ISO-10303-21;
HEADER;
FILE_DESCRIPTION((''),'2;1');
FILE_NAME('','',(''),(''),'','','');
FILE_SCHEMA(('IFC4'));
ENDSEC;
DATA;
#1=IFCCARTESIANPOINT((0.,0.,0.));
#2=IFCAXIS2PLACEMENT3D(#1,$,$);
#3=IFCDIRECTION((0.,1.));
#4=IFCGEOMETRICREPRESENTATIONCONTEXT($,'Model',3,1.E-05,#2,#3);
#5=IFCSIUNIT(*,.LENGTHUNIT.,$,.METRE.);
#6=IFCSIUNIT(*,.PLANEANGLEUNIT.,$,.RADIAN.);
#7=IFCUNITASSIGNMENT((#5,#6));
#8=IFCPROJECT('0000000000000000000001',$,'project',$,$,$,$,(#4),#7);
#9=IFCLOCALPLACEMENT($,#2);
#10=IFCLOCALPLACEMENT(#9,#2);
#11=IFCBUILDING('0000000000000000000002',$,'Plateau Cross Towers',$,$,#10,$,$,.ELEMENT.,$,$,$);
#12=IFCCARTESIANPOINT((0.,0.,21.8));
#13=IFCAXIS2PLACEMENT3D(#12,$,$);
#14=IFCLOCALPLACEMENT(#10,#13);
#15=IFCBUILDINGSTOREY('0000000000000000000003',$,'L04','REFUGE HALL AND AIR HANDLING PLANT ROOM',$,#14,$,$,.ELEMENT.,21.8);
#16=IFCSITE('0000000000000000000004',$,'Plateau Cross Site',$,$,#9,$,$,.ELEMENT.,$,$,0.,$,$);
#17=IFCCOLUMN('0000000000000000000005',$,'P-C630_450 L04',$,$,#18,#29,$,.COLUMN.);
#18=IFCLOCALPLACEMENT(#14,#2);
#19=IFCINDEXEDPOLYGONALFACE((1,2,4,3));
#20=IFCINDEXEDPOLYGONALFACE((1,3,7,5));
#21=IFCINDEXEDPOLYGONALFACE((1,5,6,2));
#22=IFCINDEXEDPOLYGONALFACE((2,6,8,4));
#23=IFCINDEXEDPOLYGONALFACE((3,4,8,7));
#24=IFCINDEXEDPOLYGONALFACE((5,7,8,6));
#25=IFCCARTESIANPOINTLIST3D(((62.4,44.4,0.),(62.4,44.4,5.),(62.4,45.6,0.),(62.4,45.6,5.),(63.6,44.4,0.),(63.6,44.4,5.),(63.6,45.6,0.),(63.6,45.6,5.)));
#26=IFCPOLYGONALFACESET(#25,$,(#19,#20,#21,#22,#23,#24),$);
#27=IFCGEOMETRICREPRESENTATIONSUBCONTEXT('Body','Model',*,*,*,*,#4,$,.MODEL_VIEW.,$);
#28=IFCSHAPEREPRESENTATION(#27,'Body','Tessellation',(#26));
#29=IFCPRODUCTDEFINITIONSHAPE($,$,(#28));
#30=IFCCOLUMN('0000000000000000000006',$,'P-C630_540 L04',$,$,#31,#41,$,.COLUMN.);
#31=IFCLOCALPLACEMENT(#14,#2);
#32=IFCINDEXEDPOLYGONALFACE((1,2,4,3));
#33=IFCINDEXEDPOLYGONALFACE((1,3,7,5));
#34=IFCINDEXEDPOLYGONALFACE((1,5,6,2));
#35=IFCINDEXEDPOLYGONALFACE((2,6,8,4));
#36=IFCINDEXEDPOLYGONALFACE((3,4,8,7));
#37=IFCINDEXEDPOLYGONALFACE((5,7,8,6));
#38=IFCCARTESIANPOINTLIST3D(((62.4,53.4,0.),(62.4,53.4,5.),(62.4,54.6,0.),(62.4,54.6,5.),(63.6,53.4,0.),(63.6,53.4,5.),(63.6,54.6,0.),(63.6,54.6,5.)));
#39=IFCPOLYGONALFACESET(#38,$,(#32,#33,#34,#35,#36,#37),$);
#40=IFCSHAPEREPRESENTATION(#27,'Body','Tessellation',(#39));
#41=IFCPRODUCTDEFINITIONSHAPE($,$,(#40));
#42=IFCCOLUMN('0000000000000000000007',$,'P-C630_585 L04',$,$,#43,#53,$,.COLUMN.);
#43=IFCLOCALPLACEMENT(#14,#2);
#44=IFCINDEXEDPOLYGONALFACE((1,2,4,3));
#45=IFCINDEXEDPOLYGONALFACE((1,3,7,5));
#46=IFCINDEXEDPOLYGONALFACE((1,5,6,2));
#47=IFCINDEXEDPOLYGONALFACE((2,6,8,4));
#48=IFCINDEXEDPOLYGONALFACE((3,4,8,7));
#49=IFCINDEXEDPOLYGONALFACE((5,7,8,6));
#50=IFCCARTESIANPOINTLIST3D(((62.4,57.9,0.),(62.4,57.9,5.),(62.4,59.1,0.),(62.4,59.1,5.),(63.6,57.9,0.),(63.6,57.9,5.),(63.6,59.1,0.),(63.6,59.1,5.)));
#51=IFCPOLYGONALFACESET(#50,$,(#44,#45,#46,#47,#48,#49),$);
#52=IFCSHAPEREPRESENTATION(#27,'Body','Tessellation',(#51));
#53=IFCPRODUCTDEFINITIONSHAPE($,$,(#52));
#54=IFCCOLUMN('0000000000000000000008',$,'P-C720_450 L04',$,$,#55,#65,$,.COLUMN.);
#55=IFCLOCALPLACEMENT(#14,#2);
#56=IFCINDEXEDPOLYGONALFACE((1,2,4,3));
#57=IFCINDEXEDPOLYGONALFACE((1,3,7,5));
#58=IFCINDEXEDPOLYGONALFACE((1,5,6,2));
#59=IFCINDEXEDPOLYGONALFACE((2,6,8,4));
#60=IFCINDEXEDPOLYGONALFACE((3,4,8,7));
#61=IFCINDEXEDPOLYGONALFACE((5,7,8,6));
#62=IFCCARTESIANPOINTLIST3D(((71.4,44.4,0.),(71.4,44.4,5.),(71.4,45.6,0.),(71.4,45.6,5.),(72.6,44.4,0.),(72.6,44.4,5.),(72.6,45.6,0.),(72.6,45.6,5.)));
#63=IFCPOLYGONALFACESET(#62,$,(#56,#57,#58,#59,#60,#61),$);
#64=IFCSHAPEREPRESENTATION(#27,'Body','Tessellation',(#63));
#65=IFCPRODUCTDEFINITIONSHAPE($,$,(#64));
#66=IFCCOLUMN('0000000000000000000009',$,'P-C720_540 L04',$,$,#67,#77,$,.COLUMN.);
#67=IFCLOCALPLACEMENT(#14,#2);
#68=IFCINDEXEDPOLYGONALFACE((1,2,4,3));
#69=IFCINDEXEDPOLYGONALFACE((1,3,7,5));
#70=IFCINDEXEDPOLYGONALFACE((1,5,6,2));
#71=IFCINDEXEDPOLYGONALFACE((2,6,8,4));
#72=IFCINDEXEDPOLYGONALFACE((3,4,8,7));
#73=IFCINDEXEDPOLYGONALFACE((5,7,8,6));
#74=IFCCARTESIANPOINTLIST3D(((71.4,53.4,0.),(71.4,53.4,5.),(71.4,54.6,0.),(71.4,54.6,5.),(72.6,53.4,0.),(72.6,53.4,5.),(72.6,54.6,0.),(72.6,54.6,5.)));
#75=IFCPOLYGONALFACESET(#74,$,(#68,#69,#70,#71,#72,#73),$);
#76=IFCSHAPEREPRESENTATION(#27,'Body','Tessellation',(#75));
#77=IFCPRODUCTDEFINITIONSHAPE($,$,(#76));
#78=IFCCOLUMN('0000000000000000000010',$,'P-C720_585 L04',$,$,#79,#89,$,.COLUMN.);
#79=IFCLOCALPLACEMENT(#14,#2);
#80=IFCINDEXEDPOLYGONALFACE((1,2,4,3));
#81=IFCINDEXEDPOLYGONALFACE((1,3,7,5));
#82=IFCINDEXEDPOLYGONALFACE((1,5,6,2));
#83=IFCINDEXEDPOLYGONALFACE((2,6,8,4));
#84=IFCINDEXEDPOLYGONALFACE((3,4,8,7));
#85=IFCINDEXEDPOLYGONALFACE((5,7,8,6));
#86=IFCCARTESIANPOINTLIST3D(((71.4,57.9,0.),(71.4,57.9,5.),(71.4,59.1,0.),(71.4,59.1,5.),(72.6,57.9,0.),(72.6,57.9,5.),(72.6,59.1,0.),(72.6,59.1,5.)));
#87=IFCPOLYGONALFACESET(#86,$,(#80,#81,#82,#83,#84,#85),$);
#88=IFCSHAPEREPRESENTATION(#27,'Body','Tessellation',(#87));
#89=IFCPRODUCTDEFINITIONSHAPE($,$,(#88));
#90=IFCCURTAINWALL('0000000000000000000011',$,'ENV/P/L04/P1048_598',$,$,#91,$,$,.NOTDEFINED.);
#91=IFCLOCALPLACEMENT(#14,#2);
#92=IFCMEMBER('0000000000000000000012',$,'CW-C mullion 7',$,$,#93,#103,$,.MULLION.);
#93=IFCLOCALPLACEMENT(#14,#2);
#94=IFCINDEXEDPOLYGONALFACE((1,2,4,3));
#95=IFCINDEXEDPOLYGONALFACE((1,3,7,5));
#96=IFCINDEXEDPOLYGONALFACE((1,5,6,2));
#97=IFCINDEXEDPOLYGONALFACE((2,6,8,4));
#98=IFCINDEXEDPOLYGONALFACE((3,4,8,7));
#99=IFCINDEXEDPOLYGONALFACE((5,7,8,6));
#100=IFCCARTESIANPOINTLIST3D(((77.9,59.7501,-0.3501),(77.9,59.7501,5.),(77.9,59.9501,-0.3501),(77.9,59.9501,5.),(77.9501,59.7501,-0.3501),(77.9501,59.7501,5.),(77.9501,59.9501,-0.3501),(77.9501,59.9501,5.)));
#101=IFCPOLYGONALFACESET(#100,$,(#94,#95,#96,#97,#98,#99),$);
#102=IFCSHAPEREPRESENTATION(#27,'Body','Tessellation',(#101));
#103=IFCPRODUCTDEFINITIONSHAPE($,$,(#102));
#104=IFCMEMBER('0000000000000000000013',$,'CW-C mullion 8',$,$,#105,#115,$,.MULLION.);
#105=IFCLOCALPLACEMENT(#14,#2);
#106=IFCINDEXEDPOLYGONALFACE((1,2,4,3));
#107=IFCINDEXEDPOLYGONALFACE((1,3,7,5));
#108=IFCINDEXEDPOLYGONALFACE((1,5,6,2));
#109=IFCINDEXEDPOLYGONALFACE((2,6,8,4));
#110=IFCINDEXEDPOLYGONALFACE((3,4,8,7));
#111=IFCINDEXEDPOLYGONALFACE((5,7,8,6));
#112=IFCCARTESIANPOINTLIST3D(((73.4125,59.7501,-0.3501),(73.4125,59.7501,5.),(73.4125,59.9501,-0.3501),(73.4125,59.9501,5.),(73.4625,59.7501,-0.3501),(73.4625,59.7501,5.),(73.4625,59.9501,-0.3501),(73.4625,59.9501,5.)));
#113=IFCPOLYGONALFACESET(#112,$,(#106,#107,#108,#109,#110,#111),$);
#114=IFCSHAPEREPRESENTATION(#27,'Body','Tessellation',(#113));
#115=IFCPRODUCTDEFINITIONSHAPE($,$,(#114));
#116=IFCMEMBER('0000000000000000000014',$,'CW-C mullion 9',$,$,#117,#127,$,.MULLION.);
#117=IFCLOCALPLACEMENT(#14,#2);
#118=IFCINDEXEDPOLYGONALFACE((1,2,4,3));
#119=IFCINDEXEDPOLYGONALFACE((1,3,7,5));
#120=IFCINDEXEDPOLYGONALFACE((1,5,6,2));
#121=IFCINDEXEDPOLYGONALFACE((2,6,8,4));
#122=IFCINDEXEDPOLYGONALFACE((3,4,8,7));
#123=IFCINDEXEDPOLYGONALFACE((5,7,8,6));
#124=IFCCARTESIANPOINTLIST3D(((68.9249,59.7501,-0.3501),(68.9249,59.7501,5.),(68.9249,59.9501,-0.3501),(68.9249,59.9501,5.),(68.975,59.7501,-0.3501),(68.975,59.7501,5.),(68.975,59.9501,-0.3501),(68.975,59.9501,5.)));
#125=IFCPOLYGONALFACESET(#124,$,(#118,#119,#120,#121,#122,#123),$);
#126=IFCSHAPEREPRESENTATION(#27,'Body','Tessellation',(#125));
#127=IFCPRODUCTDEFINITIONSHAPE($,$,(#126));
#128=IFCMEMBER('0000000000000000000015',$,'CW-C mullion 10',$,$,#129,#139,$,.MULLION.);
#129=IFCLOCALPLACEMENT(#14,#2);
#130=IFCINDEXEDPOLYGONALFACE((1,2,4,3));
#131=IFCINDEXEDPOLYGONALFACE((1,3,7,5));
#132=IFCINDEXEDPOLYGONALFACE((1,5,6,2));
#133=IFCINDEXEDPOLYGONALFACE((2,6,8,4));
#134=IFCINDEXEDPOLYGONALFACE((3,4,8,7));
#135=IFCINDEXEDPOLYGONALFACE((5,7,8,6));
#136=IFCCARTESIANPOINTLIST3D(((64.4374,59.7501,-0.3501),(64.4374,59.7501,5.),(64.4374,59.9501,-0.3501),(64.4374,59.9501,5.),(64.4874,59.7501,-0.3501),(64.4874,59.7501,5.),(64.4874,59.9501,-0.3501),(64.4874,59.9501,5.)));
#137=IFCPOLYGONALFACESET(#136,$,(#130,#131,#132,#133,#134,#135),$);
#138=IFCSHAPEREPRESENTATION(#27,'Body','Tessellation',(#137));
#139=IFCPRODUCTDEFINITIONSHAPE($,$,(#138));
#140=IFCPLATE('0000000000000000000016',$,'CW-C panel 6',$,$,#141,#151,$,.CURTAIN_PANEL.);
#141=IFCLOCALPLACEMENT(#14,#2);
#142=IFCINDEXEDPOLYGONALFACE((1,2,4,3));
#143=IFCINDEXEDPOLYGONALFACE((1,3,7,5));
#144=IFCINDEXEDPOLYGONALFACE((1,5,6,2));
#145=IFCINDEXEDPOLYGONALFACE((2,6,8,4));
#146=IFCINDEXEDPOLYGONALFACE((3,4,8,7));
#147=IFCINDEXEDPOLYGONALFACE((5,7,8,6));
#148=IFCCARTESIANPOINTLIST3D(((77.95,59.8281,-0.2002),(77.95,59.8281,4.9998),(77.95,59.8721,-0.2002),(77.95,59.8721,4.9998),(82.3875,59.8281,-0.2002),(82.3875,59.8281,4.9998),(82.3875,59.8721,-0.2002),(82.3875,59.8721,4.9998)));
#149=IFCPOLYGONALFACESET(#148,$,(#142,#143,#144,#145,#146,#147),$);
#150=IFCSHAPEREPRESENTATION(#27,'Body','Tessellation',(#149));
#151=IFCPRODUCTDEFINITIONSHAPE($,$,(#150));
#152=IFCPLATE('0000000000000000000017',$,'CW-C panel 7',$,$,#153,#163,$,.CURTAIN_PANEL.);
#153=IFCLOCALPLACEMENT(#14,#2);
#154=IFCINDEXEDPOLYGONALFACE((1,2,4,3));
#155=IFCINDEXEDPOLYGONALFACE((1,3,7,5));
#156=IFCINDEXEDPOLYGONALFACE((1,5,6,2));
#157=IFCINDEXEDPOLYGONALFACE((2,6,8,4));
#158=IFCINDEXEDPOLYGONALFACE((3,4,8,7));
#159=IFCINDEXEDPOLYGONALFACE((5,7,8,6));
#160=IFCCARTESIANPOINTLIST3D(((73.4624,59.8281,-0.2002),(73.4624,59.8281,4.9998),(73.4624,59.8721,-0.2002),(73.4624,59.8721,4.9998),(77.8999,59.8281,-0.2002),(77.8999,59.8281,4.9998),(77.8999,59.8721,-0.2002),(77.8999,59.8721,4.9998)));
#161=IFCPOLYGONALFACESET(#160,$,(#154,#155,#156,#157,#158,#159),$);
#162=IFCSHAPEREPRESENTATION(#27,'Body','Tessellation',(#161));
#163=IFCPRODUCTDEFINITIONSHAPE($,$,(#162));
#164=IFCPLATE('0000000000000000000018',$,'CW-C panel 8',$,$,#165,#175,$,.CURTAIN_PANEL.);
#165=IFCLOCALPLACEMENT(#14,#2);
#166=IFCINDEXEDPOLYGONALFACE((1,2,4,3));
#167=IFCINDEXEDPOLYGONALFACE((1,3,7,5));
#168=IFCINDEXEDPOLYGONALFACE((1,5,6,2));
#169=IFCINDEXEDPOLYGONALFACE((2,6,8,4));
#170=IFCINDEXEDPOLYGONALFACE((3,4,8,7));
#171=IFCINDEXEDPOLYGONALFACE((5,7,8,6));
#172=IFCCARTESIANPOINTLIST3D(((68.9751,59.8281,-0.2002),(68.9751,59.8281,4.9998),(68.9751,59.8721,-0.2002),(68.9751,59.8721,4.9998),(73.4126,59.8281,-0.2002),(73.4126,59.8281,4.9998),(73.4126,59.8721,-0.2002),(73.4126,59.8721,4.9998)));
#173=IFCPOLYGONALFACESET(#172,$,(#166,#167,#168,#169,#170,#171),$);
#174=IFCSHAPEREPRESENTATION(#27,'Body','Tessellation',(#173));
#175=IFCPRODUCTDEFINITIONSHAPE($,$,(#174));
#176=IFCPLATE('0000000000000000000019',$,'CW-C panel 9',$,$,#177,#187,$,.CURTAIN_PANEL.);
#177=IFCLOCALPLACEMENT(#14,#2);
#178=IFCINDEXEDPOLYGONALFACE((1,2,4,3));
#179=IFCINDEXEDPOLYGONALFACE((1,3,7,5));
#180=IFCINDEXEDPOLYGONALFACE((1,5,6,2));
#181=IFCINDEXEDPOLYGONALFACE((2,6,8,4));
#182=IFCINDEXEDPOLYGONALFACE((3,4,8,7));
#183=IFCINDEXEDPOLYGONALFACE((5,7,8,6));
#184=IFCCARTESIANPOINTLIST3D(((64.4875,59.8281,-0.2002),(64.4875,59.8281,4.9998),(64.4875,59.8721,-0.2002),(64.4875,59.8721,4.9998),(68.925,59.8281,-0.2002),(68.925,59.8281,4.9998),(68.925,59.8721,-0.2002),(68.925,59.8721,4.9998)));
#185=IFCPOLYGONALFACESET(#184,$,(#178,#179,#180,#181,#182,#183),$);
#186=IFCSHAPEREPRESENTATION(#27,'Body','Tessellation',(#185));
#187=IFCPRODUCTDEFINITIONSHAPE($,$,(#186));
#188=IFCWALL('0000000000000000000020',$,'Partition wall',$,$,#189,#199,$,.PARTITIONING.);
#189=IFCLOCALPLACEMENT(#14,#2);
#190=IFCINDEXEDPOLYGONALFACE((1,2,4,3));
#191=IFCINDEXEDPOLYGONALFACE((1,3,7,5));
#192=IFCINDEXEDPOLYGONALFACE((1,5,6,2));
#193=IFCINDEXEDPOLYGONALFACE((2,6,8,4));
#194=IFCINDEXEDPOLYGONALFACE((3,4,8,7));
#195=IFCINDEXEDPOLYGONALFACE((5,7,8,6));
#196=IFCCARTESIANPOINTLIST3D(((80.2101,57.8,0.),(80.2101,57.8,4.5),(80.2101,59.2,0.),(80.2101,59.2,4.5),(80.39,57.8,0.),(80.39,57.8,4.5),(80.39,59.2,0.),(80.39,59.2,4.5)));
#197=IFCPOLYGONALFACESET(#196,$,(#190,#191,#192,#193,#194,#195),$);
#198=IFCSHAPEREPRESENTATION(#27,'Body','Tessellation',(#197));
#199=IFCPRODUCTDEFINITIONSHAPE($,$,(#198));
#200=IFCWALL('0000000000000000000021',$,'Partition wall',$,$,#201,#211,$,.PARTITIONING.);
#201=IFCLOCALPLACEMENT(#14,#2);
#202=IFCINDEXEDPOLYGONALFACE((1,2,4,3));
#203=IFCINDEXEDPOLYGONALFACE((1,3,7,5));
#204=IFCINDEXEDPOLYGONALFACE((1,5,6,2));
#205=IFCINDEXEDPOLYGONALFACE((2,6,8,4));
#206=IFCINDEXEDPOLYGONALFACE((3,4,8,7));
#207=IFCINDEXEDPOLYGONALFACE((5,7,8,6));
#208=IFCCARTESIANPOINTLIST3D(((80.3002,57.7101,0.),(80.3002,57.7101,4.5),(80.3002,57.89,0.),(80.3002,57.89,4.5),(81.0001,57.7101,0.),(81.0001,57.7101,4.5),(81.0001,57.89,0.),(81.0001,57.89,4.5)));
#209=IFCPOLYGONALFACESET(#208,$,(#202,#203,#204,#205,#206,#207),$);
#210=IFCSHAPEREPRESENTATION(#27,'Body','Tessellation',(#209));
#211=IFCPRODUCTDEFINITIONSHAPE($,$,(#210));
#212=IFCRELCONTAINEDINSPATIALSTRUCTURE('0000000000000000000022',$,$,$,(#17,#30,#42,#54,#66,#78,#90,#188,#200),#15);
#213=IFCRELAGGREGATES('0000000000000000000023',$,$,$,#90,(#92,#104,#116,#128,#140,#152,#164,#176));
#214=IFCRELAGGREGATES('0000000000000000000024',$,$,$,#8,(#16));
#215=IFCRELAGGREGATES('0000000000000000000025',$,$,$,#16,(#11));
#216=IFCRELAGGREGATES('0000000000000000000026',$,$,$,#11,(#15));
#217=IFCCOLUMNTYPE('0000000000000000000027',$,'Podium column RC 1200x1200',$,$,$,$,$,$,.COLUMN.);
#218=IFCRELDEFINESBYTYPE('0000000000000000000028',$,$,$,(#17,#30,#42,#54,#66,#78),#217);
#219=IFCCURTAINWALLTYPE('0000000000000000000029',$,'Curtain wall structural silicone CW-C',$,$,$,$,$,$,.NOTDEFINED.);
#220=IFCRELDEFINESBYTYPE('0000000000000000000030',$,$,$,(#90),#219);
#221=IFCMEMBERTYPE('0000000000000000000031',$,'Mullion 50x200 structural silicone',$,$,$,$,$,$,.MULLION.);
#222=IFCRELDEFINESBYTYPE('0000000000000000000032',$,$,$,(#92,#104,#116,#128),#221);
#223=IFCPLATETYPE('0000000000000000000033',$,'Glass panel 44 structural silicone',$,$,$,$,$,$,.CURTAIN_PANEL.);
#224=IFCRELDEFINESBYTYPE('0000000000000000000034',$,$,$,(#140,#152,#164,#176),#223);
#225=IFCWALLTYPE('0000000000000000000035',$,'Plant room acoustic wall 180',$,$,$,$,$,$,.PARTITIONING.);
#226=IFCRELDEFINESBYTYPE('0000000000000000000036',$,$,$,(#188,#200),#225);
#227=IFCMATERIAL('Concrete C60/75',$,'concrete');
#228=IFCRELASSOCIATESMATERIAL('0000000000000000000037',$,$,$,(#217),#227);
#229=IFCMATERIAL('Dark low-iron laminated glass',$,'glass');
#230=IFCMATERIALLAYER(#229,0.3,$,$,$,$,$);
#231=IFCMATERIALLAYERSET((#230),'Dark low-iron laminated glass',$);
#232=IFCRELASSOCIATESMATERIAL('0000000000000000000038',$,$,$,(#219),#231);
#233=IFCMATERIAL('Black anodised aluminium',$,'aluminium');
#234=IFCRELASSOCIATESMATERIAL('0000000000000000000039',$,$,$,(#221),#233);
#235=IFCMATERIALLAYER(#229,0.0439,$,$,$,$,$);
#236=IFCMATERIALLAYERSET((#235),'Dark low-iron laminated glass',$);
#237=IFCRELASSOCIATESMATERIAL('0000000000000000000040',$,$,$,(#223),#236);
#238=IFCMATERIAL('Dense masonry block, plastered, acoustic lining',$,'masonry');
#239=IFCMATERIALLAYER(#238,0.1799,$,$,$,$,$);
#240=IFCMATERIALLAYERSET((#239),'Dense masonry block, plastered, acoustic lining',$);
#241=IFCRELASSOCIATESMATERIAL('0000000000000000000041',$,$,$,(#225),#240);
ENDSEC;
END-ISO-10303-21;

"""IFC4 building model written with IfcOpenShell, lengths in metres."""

from ifc_helpers import new_model, si_unit, direction, frame, frame_2d, origin, origin_2d, place, context, subcontext, project, spatial, rectangle, extrude, material, layer, layer_set, material_profile, profile_set, type_object, element, aggregate, save


model = new_model("IFC4")

# Units and contexts
model_context = context("Model", 3, precision=1e-05, world=origin(), true_north=direction((0.0, 1.0)))
body_context = subcontext(model_context, "Body", "Model", "MODEL_VIEW")
ifc_project = project(units=[si_unit("LENGTHUNIT", "METRE"), si_unit("PLANEANGLEUNIT", "RADIAN")], contexts=[model_context])

# Site, building, storey
site_placement = place(None, origin())
site = spatial("IfcSite", under=ifc_project, at=site_placement, Name="Plateau Cross Site", CompositionType="ELEMENT", RefElevation=0.0)
building_placement = place(site_placement, origin())
building = spatial("IfcBuilding", under=site, at=building_placement, Name="Plateau Cross Towers", CompositionType="ELEMENT")
storey_placement = place(building_placement, frame((0.0, 0.0, 21.8)))
storey = spatial("IfcBuildingStorey", under=building, at=storey_placement, Name="L04", Description="REFUGE HALL AND AIR HANDLING PLANT ROOM", CompositionType="ELEMENT", Elevation=21.8)

# Columns
ifc_material_1 = material(Name="Concrete C60/75", Category="concrete")
ifc_material_profile_1 = material_profile(ifc_material_1, rectangle(XDim=1.2, YDim=1.2, at=origin_2d()), Name="RC 1200x1200")
ifc_profile_set_1 = profile_set([ifc_material_profile_1], Name="Concrete C60/75")
column_type = type_object("IfcColumnType", Name="Podium column RC 1200x1200", PredefinedType="COLUMN", material=ifc_profile_set_1)
for number, where, z_axis, x_axis, name in (
    (1, (63.0, 45.0, 0.0), (0.0, 0.0, 1.0), (1.0, 0.0, 0.0), "P-C630_450 L04"),
    (2, (63.0, 54.0, 0.0), (0.0, 0.0, 1.0), (1.0, 0.0, 0.0), "P-C630_540 L04"),
    (3, (63.0, 58.5, 0.0), (0.0, 0.0, 1.0), (1.0, 0.0, 0.0), "P-C630_585 L04"),
    (4, (72.0, 45.0, 0.0), (0.0, 0.0, 1.0), (1.0, 0.0, 0.0), "P-C720_450 L04"),
    (5, (72.0, 54.0, 0.0), (0.0, 0.0, 1.0), (1.0, 0.0, 0.0), "P-C720_540 L04"),
    (6, (72.0, 58.5, 0.0), (0.0, 0.0, 1.0), (1.0, 0.0, 0.0), "P-C720_585 L04"),
):
    element("IfcColumn", number, at=place(storey_placement, frame(where, z_axis=z_axis, x_axis=x_axis)), inside=storey, type_object=column_type, Name=name, PredefinedType="COLUMN", context=body_context, shape_type="SweptSolid", body=[
        extrude(rectangle(XDim=1.2, YDim=1.2, at=origin_2d()), origin(), (0.0, 0.0, 1.0), 5.0),
    ])

# Curtain wall, members, plates
ifc_material_2 = material(Name="Dark low-iron laminated glass", Category="glass")
ifc_layer_1 = layer(ifc_material_2, 0.3)
ifc_layer_set_1 = layer_set([ifc_layer_1], Name="Dark low-iron laminated glass")
curtain_wall_type = type_object("IfcCurtainWallType", Name="Curtain wall structural silicone CW-C", PredefinedType="NOTDEFINED", material=ifc_layer_set_1)
curtain_wall_placement = place(storey_placement, origin())
curtain_wall = element("IfcCurtainWall", 7, at=curtain_wall_placement, inside=storey, type_object=curtain_wall_type, Name="ENV/P/L04/P1048_598", PredefinedType="NOTDEFINED")
ifc_material_3 = material(Name="Black anodised aluminium", Category="aluminium")
ifc_material_profile_2 = material_profile(ifc_material_3, rectangle(XDim=0.05, YDim=0.2, at=origin_2d()), Name="MULLION 50x200")
ifc_profile_set_2 = profile_set([ifc_material_profile_2], Name="Black anodised aluminium")
member_type = type_object("IfcMemberType", Name="Mullion 50x200 structural silicone", PredefinedType="MULLION", material=ifc_profile_set_2)
member_1_placement = place(storey_placement, frame((77.925, 59.8501, -0.3501), z_axis=(0.0, 0.0, 1.0), x_axis=(-1.0, 0.0, 0.0)))
member_1 = element("IfcMember", 8, at=member_1_placement, type_object=member_type, Name="CW-C mullion 7", PredefinedType="MULLION", context=body_context, shape_type="SweptSolid", body=[
    extrude(rectangle(XDim=0.05, YDim=0.2, at=origin_2d()), origin(), (0.0, 0.0, 1.0), 5.3501),
])
member_2_placement = place(storey_placement, frame((73.4375, 59.8501, -0.3501), z_axis=(0.0, 0.0, 1.0), x_axis=(-1.0, 0.0, 0.0)))
member_2 = element("IfcMember", 9, at=member_2_placement, type_object=member_type, Name="CW-C mullion 8", PredefinedType="MULLION", context=body_context, shape_type="SweptSolid", body=[
    extrude(rectangle(XDim=0.05, YDim=0.2, at=origin_2d()), origin(), (0.0, 0.0, 1.0), 5.3501),
])
member_3_placement = place(storey_placement, frame((68.95, 59.8501, -0.3501), z_axis=(0.0, 0.0, 1.0), x_axis=(-1.0, 0.0, 0.0)))
member_3 = element("IfcMember", 10, at=member_3_placement, type_object=member_type, Name="CW-C mullion 9", PredefinedType="MULLION", context=body_context, shape_type="SweptSolid", body=[
    extrude(rectangle(XDim=0.05, YDim=0.2, at=origin_2d()), origin(), (0.0, 0.0, 1.0), 5.3501),
])
member_4_placement = place(storey_placement, frame((64.4624, 59.8501, -0.3501), z_axis=(0.0, 0.0, 1.0), x_axis=(-1.0, 0.0, 0.0)))
member_4 = element("IfcMember", 11, at=member_4_placement, type_object=member_type, Name="CW-C mullion 10", PredefinedType="MULLION", context=body_context, shape_type="SweptSolid", body=[
    extrude(rectangle(XDim=0.05, YDim=0.2, at=origin_2d()), origin(), (0.0, 0.0, 1.0), 5.3501),
])
ifc_layer_2 = layer(ifc_material_2, 0.0439)
ifc_layer_set_2 = layer_set([ifc_layer_2], Name="Dark low-iron laminated glass")
plate_type = type_object("IfcPlateType", Name="Glass panel 44 structural silicone", PredefinedType="CURTAIN_PANEL", material=ifc_layer_set_2)
plate_1_placement = place(storey_placement, frame((80.1687, 59.8501, -0.2002), z_axis=(0.0, 0.0, 1.0), x_axis=(-1.0, 0.0, 0.0)))
plate_1 = element("IfcPlate", 12, at=plate_1_placement, type_object=plate_type, Name="CW-C panel 6", PredefinedType="CURTAIN_PANEL", context=body_context, shape_type="SweptSolid", body=[
    extrude(rectangle(XDim=4.4375, YDim=0.0439, at=origin_2d()), origin(), (0.0, 0.0, 1.0), 5.2),
])
plate_2_placement = place(storey_placement, frame((75.6812, 59.8501, -0.2002), z_axis=(0.0, 0.0, 1.0), x_axis=(-1.0, 0.0, 0.0)))
plate_2 = element("IfcPlate", 13, at=plate_2_placement, type_object=plate_type, Name="CW-C panel 7", PredefinedType="CURTAIN_PANEL", context=body_context, shape_type="SweptSolid", body=[
    extrude(rectangle(XDim=4.4375, YDim=0.0439, at=origin_2d()), origin(), (0.0, 0.0, 1.0), 5.2),
])
plate_3_placement = place(storey_placement, frame((71.1938, 59.8501, -0.2002), z_axis=(0.0, 0.0, 1.0), x_axis=(-1.0, 0.0, 0.0)))
plate_3 = element("IfcPlate", 14, at=plate_3_placement, type_object=plate_type, Name="CW-C panel 8", PredefinedType="CURTAIN_PANEL", context=body_context, shape_type="SweptSolid", body=[
    extrude(rectangle(XDim=4.4375, YDim=0.0439, at=origin_2d()), origin(), (0.0, 0.0, 1.0), 5.2),
])
plate_4_placement = place(storey_placement, frame((66.7063, 59.8501, -0.2002), z_axis=(0.0, 0.0, 1.0), x_axis=(-1.0, 0.0, 0.0)))
plate_4 = element("IfcPlate", 15, at=plate_4_placement, type_object=plate_type, Name="CW-C panel 9", PredefinedType="CURTAIN_PANEL", context=body_context, shape_type="SweptSolid", body=[
    extrude(rectangle(XDim=4.4375, YDim=0.0439, at=origin_2d()), origin(), (0.0, 0.0, 1.0), 5.2),
])
aggregate(curtain_wall, [member_1, member_2, member_3, member_4, plate_1, plate_2, plate_3, plate_4])

# Walls
ifc_material_4 = material(Name="Dense masonry block, plastered, acoustic lining", Category="masonry")
ifc_layer_3 = layer(ifc_material_4, 0.1799)
ifc_layer_set_3 = layer_set([ifc_layer_3], Name="Dense masonry block, plastered, acoustic lining")
wall_type_1 = type_object("IfcWallType", Name="Plant room acoustic wall 180", PredefinedType="PARTITIONING", material=ifc_layer_set_3)
wall_1_placement = place(storey_placement, frame((80.3, 59.2, 0.0), z_axis=(0.0, 0.0, 1.0), x_axis=(0.0, -1.0, 0.0)))
element("IfcWall", 16, at=wall_1_placement, inside=storey, type_object=wall_type_1, Name="Partition wall", PredefinedType="PARTITIONING", context=body_context, shape_type="SweptSolid", body=[
    extrude(rectangle(XDim=1.3999, YDim=0.1799, at=frame_2d((0.7, 0.0))), origin(), (0.0, 0.0, 1.0), 4.5),
])
wall_2_placement = place(storey_placement, frame((80.3, 57.8, 0.0), z_axis=(0.0, 0.0, 1.0), x_axis=(1.0, 0.0, 0.0)))
element("IfcWall", 17, at=wall_2_placement, inside=storey, type_object=wall_type_1, Name="Partition wall", PredefinedType="PARTITIONING", context=body_context, shape_type="SweptSolid", body=[
    extrude(rectangle(XDim=0.7, YDim=0.1799, at=frame_2d((0.3501, 0.0))), origin(), (0.0, 0.0, 1.0), 4.5),
])

save(model, "model.ifc")
